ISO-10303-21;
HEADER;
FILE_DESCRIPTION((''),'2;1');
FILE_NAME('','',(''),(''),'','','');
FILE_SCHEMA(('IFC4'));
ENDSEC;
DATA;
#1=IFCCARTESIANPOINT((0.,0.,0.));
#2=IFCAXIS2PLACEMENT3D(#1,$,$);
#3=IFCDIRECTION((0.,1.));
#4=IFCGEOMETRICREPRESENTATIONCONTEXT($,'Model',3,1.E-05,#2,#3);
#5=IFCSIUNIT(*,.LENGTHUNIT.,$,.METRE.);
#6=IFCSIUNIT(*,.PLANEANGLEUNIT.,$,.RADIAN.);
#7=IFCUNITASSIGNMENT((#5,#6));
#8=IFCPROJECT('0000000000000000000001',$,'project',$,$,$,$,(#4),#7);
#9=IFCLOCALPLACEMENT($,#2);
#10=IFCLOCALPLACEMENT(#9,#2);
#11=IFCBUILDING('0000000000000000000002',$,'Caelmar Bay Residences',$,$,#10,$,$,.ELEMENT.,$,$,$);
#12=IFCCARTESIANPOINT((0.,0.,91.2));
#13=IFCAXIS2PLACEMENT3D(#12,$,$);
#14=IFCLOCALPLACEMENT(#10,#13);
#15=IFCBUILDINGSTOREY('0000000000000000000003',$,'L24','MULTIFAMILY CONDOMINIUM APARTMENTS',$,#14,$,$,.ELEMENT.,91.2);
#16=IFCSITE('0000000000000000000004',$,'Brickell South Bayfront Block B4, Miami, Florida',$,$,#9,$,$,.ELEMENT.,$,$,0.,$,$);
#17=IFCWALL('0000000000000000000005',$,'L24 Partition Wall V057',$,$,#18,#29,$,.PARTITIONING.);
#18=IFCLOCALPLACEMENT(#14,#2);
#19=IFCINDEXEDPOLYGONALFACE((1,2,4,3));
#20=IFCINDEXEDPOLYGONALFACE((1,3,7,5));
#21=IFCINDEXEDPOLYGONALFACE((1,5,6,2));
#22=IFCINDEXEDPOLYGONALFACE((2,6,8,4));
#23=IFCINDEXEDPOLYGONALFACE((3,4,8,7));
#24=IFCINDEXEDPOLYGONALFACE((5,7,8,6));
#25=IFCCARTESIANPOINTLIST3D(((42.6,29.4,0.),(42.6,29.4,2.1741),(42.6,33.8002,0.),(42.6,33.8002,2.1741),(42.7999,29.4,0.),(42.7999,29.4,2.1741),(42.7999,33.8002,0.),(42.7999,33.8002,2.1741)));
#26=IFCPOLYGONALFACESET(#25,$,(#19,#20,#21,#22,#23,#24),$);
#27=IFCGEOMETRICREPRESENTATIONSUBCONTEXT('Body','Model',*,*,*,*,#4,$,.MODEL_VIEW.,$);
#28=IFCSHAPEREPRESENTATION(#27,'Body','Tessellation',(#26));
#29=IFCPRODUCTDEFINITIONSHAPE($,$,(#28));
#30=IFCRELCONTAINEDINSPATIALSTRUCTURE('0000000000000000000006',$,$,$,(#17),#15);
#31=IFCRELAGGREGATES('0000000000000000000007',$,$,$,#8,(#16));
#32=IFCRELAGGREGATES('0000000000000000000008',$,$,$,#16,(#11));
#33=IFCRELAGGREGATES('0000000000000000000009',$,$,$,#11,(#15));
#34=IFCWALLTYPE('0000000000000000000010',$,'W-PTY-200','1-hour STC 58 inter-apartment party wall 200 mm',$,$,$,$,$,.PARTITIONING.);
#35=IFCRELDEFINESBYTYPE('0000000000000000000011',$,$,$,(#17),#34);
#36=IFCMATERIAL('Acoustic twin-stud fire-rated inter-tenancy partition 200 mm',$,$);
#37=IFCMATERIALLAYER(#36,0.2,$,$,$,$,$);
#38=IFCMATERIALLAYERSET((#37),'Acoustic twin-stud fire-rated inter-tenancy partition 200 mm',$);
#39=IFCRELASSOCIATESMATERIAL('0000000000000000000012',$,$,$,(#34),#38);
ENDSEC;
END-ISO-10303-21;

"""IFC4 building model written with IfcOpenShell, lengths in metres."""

from ifc_helpers import new_model, si_unit, direction, frame, frame_2d, origin, place, context, subcontext, project, spatial, rectangle, extrude, material, layer, layer_set, type_object, element, save


model = new_model("IFC4")

# Units and contexts
model_context = context("Model", 3, precision=1e-05, world=origin(), true_north=direction((0.0, 1.0)))
body_context = subcontext(model_context, "Body", "Model", "MODEL_VIEW")
ifc_project = project(units=[si_unit("LENGTHUNIT", "METRE"), si_unit("PLANEANGLEUNIT", "RADIAN")], contexts=[model_context])

# Site, building, storey
site_placement = place(None, origin())
site = spatial("IfcSite", under=ifc_project, at=site_placement, Name="Brickell South Bayfront Block B4, Miami, Florida", CompositionType="ELEMENT", RefElevation=0.0)
building_placement = place(site_placement, origin())
building = spatial("IfcBuilding", under=site, at=building_placement, Name="Caelmar Bay Residences", CompositionType="ELEMENT")
storey_placement = place(building_placement, frame((0.0, 0.0, 91.2)))
storey = spatial("IfcBuildingStorey", under=building, at=storey_placement, Name="L24", Description="MULTIFAMILY CONDOMINIUM APARTMENTS", CompositionType="ELEMENT", Elevation=91.2)

# Wall
ifc_material_1 = material(Name="Acoustic twin-stud fire-rated inter-tenancy partition 200 mm")
ifc_layer_1 = layer(ifc_material_1, 0.2)
ifc_layer_set_1 = layer_set([ifc_layer_1], Name="Acoustic twin-stud fire-rated inter-tenancy partition 200 mm")
wall_type_1 = type_object("IfcWallType", Name="W-PTY-200", Description="1-hour STC 58 inter-apartment party wall 200 mm", PredefinedType="PARTITIONING", material=ifc_layer_set_1)
wall_1_placement = place(storey_placement, frame((42.7, 29.3999, 0.0), z_axis=(0.0, 0.0, 1.0), x_axis=(0.0, 1.0, 0.0)))
element("IfcWall", 1, at=wall_1_placement, inside=storey, type_object=wall_type_1, Name="L24 Partition Wall V057", PredefinedType="PARTITIONING", context=body_context, shape_type="SweptSolid", body=[
    extrude(rectangle(XDim=4.4001, YDim=0.2, at=frame_2d((2.2002, 0.0))), origin(), (0.0, 0.0, 1.0), 2.1741),
])

save(model, "model.ifc")
